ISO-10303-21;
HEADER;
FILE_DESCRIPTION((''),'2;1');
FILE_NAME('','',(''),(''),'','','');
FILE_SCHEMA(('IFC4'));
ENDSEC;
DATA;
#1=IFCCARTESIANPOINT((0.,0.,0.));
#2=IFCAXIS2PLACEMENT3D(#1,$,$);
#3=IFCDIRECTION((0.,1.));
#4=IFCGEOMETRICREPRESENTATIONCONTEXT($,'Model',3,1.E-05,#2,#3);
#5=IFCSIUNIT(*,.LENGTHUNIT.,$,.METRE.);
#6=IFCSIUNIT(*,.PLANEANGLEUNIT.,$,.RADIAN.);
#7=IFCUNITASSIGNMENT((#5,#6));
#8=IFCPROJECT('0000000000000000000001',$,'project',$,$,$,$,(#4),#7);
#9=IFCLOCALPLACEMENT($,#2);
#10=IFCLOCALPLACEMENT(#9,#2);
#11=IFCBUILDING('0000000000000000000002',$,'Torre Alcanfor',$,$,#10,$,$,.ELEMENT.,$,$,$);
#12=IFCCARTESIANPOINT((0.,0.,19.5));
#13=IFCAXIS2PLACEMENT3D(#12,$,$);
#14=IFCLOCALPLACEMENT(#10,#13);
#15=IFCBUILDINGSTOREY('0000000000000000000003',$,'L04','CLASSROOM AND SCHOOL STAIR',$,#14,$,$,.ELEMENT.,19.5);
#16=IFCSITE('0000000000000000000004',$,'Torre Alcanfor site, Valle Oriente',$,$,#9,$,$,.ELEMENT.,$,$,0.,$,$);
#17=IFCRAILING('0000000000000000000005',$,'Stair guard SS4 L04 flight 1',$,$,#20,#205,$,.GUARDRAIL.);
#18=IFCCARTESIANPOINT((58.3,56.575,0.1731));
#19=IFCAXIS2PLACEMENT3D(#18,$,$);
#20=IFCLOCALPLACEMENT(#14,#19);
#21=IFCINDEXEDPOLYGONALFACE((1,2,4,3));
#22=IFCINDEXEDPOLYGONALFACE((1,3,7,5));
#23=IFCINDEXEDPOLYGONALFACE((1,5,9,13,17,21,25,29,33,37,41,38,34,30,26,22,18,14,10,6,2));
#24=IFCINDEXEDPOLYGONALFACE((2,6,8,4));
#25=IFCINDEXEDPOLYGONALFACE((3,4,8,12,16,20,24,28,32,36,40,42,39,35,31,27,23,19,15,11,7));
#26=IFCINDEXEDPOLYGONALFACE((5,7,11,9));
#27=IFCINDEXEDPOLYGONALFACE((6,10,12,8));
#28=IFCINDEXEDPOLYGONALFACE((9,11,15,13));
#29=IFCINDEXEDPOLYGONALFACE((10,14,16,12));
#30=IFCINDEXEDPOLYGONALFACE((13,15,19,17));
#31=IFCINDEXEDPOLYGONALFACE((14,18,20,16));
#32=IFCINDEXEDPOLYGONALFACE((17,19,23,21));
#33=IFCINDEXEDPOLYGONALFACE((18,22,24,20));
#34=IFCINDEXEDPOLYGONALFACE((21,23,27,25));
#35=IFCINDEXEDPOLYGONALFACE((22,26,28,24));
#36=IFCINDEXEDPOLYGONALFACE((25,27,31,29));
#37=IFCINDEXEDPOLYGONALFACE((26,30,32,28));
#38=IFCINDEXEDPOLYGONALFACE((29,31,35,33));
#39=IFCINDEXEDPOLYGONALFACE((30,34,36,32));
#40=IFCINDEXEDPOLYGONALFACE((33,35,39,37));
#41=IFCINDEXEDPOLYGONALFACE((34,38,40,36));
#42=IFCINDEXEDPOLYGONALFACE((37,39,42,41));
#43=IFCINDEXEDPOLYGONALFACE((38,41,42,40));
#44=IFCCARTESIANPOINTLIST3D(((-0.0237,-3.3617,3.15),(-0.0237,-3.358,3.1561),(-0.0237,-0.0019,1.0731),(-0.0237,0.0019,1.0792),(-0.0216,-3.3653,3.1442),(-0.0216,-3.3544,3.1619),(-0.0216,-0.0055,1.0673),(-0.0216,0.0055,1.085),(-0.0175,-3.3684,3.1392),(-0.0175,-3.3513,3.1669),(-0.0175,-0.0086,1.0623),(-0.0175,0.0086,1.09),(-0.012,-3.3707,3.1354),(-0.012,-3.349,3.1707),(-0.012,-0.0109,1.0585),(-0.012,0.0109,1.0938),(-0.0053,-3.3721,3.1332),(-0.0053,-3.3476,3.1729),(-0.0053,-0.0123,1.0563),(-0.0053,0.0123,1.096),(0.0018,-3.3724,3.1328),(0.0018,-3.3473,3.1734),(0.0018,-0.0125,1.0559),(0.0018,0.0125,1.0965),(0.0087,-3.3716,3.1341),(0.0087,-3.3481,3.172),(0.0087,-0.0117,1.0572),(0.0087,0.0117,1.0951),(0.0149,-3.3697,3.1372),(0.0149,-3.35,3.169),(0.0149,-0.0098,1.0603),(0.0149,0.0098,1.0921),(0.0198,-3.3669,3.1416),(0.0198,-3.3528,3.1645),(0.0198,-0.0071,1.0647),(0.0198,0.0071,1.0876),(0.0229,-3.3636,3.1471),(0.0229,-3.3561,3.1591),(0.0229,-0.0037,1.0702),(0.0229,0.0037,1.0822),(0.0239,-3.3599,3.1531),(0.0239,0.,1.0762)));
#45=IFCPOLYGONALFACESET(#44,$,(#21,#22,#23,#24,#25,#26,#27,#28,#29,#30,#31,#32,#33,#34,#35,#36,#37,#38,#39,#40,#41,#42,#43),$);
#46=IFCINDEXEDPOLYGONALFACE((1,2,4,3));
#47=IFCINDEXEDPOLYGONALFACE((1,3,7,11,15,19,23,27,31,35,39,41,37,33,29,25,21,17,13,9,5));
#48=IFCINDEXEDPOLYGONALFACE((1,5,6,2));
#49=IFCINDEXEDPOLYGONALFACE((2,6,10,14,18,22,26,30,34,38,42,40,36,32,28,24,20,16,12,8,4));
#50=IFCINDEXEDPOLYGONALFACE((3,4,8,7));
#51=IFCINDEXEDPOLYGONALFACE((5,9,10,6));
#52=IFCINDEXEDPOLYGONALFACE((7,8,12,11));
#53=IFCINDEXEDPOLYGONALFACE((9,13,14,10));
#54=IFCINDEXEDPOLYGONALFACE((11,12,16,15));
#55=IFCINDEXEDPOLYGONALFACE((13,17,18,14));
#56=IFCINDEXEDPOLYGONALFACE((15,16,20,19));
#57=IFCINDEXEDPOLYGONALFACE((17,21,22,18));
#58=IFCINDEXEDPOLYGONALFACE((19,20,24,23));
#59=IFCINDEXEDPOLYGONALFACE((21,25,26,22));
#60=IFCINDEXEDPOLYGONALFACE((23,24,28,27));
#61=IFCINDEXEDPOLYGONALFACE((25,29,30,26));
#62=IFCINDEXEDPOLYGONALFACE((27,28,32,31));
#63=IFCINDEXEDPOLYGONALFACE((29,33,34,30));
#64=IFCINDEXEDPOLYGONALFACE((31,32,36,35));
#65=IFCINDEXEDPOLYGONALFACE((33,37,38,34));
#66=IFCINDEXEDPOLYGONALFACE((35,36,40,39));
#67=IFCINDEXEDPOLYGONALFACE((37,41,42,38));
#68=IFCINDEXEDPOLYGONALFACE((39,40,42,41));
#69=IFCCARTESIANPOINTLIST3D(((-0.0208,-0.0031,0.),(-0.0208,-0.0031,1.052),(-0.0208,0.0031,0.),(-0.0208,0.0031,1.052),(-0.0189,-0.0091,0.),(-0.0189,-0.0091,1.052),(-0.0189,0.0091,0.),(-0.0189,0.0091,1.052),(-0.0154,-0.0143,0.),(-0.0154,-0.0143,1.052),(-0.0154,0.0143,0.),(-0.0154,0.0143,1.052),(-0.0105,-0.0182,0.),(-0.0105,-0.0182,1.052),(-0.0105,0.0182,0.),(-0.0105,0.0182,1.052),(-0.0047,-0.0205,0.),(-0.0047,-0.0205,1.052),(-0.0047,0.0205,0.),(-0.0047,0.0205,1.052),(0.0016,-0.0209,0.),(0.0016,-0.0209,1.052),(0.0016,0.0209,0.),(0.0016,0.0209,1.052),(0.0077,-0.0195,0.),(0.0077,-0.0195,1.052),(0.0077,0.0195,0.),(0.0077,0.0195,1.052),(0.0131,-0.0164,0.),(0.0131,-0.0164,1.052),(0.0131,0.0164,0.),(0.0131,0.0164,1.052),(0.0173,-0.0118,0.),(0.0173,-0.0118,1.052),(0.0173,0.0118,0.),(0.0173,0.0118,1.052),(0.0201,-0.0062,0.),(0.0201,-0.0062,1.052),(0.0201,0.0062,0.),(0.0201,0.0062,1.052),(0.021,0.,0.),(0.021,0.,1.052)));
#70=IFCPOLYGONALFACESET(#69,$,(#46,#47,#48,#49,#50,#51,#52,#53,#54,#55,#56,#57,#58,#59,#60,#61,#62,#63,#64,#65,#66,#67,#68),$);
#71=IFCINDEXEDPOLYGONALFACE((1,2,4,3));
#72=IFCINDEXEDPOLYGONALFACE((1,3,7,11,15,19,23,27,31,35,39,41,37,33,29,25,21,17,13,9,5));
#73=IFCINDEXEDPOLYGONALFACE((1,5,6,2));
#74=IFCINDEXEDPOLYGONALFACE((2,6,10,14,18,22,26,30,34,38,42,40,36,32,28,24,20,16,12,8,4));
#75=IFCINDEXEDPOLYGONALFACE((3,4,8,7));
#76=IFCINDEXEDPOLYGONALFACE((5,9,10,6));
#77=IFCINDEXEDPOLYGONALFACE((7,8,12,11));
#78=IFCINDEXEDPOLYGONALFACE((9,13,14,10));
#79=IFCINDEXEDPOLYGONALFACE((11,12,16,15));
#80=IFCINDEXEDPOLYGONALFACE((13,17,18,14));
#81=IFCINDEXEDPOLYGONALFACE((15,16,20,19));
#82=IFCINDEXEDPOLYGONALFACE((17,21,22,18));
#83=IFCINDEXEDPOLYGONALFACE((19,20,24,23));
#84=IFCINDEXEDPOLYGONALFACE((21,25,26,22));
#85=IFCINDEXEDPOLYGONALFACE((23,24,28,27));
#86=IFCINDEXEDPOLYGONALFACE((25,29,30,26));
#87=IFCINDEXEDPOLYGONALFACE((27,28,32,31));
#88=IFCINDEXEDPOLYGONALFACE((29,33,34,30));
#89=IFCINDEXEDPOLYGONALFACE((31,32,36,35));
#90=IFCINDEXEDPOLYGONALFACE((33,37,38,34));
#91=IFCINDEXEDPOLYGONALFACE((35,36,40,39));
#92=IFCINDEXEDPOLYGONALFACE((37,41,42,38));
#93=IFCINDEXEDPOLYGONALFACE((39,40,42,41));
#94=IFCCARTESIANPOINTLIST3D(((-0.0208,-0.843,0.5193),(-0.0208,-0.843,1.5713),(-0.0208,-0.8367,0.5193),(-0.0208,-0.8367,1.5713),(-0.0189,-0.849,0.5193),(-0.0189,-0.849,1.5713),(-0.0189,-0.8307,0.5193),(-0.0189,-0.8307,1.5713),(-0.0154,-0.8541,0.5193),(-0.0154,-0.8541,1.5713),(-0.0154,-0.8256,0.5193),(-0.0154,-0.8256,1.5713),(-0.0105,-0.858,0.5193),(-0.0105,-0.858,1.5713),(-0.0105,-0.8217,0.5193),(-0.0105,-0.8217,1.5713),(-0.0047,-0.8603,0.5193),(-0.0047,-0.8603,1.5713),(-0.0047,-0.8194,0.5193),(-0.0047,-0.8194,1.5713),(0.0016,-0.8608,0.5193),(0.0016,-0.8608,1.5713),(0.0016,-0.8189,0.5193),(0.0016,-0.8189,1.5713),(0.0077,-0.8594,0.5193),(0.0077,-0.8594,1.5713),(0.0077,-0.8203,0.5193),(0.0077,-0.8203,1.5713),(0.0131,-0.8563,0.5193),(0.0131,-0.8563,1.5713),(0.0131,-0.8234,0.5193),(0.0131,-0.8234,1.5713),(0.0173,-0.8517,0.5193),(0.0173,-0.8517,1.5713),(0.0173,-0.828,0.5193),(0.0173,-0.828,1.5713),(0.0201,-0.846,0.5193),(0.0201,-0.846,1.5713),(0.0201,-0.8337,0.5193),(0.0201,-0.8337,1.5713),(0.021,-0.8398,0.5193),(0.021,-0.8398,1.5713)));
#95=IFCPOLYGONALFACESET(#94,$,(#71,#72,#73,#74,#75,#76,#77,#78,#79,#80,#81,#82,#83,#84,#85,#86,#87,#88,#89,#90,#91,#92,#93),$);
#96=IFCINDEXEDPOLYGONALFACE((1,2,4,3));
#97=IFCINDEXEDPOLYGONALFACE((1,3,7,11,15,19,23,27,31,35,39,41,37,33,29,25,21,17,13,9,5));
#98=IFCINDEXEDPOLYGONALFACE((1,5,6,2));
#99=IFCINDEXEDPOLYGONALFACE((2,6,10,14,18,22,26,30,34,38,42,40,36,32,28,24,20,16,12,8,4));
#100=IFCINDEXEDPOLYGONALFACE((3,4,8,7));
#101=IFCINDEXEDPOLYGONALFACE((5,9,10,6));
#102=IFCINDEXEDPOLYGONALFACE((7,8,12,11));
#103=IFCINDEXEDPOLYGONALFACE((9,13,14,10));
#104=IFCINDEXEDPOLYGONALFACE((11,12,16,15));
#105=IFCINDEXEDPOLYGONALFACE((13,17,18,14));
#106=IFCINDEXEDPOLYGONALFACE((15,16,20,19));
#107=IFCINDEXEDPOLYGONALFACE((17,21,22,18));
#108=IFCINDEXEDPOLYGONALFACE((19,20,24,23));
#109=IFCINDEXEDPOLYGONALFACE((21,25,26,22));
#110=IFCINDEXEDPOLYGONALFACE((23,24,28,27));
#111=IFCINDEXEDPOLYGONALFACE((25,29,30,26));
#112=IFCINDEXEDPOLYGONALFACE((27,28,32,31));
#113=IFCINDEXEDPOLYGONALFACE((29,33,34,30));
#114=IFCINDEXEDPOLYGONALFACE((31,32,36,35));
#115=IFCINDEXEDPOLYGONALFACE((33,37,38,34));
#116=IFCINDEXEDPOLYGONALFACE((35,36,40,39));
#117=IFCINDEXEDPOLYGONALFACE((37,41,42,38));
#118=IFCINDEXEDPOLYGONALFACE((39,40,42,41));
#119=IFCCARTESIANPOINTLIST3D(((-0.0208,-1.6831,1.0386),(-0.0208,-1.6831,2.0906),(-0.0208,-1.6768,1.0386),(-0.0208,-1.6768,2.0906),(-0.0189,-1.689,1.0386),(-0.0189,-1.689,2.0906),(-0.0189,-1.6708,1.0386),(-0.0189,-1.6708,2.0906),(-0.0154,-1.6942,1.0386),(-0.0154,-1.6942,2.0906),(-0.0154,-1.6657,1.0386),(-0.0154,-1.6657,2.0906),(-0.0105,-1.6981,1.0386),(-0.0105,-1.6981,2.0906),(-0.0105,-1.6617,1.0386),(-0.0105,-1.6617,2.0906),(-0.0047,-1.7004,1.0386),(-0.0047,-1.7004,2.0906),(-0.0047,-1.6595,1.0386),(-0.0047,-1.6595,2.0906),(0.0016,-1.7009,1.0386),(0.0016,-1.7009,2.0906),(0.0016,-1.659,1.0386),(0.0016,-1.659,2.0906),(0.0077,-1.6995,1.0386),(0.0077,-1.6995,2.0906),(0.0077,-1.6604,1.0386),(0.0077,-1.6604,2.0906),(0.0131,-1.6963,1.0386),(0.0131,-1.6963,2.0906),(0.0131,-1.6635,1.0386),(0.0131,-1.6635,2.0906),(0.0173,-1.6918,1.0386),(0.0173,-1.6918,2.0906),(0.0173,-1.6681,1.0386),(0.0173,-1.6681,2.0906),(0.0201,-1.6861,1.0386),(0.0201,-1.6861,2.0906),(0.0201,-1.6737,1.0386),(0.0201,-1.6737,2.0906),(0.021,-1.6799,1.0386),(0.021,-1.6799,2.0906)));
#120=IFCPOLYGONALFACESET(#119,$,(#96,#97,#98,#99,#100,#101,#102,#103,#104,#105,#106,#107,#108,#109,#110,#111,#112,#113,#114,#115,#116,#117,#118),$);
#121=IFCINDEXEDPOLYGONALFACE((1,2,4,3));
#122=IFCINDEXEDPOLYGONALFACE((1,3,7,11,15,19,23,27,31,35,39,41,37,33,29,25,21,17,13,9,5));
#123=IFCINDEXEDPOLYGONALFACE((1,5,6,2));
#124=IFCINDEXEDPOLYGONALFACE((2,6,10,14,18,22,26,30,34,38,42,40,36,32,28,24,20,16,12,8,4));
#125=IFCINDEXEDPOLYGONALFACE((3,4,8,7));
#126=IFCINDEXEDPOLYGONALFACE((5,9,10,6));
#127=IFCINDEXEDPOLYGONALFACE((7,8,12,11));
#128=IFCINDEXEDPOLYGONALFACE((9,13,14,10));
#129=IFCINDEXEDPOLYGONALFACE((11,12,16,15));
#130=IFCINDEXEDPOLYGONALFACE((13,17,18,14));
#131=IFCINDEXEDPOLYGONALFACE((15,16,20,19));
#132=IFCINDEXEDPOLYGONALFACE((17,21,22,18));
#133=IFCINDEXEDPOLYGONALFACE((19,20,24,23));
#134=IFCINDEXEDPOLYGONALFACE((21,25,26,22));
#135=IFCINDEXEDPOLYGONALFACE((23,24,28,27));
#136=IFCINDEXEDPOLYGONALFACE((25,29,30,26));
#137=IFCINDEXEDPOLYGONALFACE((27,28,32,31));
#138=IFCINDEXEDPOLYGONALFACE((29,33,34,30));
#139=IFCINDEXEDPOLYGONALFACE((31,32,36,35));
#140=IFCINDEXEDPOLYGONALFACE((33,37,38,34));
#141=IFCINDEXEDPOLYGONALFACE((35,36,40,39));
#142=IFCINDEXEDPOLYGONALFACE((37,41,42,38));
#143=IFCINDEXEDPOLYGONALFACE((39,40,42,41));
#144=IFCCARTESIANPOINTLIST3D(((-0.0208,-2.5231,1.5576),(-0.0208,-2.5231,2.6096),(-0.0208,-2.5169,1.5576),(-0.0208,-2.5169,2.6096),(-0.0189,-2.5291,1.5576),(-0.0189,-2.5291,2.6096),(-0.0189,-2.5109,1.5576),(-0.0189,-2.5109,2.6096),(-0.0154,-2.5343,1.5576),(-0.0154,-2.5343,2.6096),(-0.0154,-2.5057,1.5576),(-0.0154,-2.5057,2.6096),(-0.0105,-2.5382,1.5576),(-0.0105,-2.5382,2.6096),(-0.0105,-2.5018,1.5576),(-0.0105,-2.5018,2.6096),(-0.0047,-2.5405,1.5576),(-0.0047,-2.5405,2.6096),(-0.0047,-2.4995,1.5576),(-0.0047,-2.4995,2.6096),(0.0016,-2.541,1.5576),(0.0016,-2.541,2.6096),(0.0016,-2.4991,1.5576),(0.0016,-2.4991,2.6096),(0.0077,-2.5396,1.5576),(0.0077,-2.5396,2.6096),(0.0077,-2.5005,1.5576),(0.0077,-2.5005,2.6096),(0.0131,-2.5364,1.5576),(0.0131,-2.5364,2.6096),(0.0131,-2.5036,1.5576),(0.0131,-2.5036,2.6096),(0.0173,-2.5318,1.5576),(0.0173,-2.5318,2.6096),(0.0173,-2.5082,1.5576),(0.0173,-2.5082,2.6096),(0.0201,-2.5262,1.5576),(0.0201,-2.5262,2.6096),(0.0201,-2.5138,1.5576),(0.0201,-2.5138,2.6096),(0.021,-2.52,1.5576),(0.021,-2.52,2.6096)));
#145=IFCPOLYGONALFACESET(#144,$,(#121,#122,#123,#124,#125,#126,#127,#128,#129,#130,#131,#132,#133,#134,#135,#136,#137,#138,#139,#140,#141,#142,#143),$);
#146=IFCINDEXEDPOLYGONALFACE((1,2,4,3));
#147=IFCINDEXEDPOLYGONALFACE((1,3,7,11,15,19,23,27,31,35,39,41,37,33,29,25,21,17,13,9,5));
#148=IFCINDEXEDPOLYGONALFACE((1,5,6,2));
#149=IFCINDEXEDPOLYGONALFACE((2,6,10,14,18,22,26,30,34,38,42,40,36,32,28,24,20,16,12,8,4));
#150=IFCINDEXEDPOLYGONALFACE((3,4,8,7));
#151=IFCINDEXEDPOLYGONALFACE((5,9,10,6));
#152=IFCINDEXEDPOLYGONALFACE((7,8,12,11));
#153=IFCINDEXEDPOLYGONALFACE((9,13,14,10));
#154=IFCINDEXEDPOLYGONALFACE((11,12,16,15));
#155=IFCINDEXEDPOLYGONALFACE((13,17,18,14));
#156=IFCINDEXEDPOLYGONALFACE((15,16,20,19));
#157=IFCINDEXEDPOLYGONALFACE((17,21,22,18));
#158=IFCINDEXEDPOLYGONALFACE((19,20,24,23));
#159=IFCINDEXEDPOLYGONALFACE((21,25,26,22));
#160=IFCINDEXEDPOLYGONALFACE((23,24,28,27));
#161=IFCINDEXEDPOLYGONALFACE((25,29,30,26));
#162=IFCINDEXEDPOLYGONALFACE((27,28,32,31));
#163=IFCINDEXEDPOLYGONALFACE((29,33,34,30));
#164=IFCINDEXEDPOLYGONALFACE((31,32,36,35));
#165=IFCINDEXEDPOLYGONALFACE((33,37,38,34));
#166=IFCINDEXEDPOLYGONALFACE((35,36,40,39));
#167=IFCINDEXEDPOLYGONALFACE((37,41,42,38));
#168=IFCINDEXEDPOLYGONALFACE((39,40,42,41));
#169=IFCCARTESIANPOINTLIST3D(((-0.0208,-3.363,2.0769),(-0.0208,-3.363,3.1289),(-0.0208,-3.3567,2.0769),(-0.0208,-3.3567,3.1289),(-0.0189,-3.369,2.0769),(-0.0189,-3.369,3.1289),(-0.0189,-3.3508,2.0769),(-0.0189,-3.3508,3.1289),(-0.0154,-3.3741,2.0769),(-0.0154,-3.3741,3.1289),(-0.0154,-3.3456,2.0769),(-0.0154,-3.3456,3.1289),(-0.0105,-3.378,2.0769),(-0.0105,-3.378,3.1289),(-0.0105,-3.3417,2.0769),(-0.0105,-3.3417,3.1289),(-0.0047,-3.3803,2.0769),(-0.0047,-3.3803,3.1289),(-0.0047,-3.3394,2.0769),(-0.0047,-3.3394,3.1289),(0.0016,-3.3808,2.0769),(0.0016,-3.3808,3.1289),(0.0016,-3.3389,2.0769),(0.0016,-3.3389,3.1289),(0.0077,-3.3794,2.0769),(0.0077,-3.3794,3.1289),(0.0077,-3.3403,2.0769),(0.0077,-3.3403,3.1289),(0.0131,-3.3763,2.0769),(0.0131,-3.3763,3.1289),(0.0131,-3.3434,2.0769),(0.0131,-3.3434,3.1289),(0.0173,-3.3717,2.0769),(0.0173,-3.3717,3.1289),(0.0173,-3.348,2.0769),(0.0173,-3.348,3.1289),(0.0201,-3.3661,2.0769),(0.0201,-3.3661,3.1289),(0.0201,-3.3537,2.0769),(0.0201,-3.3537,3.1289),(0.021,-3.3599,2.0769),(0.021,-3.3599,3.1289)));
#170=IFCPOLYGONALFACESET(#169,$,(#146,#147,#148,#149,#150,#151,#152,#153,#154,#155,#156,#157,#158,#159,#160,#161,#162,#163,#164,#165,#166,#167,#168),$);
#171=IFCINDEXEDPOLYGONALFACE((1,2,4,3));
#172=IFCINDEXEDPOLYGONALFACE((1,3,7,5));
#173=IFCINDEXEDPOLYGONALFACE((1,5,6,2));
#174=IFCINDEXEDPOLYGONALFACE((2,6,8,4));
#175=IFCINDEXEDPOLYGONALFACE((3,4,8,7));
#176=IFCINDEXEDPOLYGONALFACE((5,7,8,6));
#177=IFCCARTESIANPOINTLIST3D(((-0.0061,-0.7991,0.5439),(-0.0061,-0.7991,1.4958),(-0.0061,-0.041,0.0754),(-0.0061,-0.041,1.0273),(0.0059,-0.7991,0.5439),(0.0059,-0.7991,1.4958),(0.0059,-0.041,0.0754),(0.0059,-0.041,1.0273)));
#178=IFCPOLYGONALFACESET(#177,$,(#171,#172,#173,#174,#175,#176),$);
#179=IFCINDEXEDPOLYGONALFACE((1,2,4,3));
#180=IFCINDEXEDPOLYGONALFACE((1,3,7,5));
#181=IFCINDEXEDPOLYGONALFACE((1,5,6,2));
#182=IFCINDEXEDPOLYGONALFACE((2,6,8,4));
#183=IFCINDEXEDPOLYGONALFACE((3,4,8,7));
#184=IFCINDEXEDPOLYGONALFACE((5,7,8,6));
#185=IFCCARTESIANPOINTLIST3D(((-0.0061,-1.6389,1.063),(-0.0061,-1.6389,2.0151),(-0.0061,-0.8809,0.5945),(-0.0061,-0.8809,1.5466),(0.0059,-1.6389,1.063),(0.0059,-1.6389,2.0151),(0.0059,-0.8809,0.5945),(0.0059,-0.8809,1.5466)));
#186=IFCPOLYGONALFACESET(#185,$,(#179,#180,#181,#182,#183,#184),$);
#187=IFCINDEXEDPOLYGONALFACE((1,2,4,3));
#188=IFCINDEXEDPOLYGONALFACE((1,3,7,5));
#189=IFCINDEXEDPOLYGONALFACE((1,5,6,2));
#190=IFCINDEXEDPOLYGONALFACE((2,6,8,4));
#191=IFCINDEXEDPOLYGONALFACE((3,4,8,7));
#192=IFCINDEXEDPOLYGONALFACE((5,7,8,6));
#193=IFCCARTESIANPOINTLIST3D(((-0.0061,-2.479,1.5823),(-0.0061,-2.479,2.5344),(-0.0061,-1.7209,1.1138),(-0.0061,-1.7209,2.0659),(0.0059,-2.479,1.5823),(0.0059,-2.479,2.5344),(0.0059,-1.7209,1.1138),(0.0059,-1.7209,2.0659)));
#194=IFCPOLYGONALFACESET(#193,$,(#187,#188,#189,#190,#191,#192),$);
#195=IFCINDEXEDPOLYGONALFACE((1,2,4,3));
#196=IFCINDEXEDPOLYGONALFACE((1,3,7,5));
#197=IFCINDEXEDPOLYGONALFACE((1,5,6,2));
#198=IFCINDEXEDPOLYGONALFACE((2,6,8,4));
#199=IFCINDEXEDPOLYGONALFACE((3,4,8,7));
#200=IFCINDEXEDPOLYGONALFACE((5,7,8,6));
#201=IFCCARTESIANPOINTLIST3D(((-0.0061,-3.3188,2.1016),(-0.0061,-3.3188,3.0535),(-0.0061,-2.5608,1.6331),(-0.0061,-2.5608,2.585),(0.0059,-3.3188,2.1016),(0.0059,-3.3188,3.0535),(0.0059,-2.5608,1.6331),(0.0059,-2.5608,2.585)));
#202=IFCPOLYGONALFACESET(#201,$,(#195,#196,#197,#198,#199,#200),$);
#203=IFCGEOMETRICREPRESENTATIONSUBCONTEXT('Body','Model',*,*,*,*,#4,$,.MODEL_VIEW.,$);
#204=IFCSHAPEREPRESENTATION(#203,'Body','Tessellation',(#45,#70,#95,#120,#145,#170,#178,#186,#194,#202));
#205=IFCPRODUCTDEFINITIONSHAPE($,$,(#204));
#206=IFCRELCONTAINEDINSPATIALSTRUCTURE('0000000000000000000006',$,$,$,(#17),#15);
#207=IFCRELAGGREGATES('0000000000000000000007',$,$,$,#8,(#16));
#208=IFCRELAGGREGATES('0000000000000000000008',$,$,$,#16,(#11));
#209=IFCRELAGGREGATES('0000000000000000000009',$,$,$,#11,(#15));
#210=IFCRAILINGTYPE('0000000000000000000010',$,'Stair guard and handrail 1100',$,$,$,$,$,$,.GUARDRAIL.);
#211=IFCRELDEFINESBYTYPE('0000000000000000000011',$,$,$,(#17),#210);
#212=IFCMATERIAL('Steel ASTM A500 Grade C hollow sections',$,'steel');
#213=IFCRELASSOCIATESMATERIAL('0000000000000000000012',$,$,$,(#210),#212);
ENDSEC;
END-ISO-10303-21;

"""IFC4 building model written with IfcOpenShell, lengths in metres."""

from ifc_helpers import new_model, si_unit, direction, frame, origin, origin_2d, place, context, subcontext, project, spatial, polyline, circle, outline, extrude, material, type_object, element, save


model = new_model("IFC4")

# Units and contexts
model_context = context("Model", 3, precision=1e-05, world=origin(), true_north=direction((0.0, 1.0)))
body_context = subcontext(model_context, "Body", "Model", "MODEL_VIEW")
ifc_project = project(units=[si_unit("LENGTHUNIT", "METRE"), si_unit("PLANEANGLEUNIT", "RADIAN")], contexts=[model_context])

# Site, building, storey
site_placement = place(None, origin())
site = spatial("IfcSite", under=ifc_project, at=site_placement, Name="Torre Alcanfor site, Valle Oriente", CompositionType="ELEMENT", RefElevation=0.0)
building_placement = place(site_placement, origin())
building = spatial("IfcBuilding", under=site, at=building_placement, Name="Torre Alcanfor", CompositionType="ELEMENT")
storey_placement = place(building_placement, frame((0.0, 0.0, 19.5)))
storey = spatial("IfcBuildingStorey", under=building, at=storey_placement, Name="L04", Description="CLASSROOM AND SCHOOL STAIR", CompositionType="ELEMENT", Elevation=19.5)

# Railing
ifc_material_1 = material(Name="Steel ASTM A500 Grade C hollow sections", Category="steel")
railing_type_1 = type_object("IfcRailingType", Name="Stair guard and handrail 1100", PredefinedType="GUARDRAIL", material=ifc_material_1)
railing_1_placement = place(storey_placement, frame((58.3, 56.575, 0.1731)))
element("IfcRailing", 1, at=railing_1_placement, inside=storey, type_object=railing_type_1, Name="Stair guard SS4 L04 flight 1", PredefinedType="GUARDRAIL", context=body_context, shape_type="SweptSolid", body=[
    extrude(circle(Radius=0.0239, at=origin_2d()), frame((0.0, 0.0, 1.0762), z_axis=(0.0, -0.850606, 0.525803), x_axis=(1.0, 0.0, 0.0)), (0.0, 0.0, 1.0), 3.95),
    extrude(circle(Radius=0.021, at=origin_2d()), origin(), (0.0, 0.0, 1.0), 1.052),
    extrude(circle(Radius=0.021, at=origin_2d()), frame((0.0, -0.8398, 0.5193)), (0.0, 0.0, 1.0), 1.052),
    extrude(circle(Radius=0.021, at=origin_2d()), frame((0.0, -1.6799, 1.0386)), (0.0, 0.0, 1.0), 1.052),
    extrude(circle(Radius=0.021, at=origin_2d()), frame((0.0, -2.52, 1.5576)), (0.0, 0.0, 1.0), 1.052),
    extrude(circle(Radius=0.021, at=origin_2d()), frame((0.0, -3.3599, 2.0769)), (0.0, 0.0, 1.0), 1.052),
    extrude(outline(polyline([(0.041, 0.0754), (0.7991, 0.5439), (0.7991, 1.4958), (0.041, 1.0273), (0.041, 0.0754)])), frame((0.0059, 0.0, 0.0), z_axis=(-1.0, 0.0, 0.0), x_axis=(0.0, -1.0, 0.0)), (0.0, 0.0, 1.0), 0.012),
    extrude(outline(polyline([(0.8809, 0.5945), (1.6389, 1.063), (1.6389, 2.0151), (0.8809, 1.5466), (0.8809, 0.5945)])), frame((0.0059, 0.0, 0.0), z_axis=(-1.0, 0.0, 0.0), x_axis=(0.0, -1.0, 0.0)), (0.0, 0.0, 1.0), 0.012),
    extrude(outline(polyline([(1.7209, 1.1138), (2.479, 1.5823), (2.479, 2.5344), (1.7209, 2.0659), (1.7209, 1.1138)])), frame((0.0059, 0.0, 0.0), z_axis=(-1.0, 0.0, 0.0), x_axis=(0.0, -1.0, 0.0)), (0.0, 0.0, 1.0), 0.012),
    extrude(outline(polyline([(2.5608, 1.6331), (3.3188, 2.1016), (3.3188, 3.0535), (2.5608, 2.585), (2.5608, 1.6331)])), frame((0.0059, 0.0, 0.0), z_axis=(-1.0, 0.0, 0.0), x_axis=(0.0, -1.0, 0.0)), (0.0, 0.0, 1.0), 0.012),
])

save(model, "model.ifc")
